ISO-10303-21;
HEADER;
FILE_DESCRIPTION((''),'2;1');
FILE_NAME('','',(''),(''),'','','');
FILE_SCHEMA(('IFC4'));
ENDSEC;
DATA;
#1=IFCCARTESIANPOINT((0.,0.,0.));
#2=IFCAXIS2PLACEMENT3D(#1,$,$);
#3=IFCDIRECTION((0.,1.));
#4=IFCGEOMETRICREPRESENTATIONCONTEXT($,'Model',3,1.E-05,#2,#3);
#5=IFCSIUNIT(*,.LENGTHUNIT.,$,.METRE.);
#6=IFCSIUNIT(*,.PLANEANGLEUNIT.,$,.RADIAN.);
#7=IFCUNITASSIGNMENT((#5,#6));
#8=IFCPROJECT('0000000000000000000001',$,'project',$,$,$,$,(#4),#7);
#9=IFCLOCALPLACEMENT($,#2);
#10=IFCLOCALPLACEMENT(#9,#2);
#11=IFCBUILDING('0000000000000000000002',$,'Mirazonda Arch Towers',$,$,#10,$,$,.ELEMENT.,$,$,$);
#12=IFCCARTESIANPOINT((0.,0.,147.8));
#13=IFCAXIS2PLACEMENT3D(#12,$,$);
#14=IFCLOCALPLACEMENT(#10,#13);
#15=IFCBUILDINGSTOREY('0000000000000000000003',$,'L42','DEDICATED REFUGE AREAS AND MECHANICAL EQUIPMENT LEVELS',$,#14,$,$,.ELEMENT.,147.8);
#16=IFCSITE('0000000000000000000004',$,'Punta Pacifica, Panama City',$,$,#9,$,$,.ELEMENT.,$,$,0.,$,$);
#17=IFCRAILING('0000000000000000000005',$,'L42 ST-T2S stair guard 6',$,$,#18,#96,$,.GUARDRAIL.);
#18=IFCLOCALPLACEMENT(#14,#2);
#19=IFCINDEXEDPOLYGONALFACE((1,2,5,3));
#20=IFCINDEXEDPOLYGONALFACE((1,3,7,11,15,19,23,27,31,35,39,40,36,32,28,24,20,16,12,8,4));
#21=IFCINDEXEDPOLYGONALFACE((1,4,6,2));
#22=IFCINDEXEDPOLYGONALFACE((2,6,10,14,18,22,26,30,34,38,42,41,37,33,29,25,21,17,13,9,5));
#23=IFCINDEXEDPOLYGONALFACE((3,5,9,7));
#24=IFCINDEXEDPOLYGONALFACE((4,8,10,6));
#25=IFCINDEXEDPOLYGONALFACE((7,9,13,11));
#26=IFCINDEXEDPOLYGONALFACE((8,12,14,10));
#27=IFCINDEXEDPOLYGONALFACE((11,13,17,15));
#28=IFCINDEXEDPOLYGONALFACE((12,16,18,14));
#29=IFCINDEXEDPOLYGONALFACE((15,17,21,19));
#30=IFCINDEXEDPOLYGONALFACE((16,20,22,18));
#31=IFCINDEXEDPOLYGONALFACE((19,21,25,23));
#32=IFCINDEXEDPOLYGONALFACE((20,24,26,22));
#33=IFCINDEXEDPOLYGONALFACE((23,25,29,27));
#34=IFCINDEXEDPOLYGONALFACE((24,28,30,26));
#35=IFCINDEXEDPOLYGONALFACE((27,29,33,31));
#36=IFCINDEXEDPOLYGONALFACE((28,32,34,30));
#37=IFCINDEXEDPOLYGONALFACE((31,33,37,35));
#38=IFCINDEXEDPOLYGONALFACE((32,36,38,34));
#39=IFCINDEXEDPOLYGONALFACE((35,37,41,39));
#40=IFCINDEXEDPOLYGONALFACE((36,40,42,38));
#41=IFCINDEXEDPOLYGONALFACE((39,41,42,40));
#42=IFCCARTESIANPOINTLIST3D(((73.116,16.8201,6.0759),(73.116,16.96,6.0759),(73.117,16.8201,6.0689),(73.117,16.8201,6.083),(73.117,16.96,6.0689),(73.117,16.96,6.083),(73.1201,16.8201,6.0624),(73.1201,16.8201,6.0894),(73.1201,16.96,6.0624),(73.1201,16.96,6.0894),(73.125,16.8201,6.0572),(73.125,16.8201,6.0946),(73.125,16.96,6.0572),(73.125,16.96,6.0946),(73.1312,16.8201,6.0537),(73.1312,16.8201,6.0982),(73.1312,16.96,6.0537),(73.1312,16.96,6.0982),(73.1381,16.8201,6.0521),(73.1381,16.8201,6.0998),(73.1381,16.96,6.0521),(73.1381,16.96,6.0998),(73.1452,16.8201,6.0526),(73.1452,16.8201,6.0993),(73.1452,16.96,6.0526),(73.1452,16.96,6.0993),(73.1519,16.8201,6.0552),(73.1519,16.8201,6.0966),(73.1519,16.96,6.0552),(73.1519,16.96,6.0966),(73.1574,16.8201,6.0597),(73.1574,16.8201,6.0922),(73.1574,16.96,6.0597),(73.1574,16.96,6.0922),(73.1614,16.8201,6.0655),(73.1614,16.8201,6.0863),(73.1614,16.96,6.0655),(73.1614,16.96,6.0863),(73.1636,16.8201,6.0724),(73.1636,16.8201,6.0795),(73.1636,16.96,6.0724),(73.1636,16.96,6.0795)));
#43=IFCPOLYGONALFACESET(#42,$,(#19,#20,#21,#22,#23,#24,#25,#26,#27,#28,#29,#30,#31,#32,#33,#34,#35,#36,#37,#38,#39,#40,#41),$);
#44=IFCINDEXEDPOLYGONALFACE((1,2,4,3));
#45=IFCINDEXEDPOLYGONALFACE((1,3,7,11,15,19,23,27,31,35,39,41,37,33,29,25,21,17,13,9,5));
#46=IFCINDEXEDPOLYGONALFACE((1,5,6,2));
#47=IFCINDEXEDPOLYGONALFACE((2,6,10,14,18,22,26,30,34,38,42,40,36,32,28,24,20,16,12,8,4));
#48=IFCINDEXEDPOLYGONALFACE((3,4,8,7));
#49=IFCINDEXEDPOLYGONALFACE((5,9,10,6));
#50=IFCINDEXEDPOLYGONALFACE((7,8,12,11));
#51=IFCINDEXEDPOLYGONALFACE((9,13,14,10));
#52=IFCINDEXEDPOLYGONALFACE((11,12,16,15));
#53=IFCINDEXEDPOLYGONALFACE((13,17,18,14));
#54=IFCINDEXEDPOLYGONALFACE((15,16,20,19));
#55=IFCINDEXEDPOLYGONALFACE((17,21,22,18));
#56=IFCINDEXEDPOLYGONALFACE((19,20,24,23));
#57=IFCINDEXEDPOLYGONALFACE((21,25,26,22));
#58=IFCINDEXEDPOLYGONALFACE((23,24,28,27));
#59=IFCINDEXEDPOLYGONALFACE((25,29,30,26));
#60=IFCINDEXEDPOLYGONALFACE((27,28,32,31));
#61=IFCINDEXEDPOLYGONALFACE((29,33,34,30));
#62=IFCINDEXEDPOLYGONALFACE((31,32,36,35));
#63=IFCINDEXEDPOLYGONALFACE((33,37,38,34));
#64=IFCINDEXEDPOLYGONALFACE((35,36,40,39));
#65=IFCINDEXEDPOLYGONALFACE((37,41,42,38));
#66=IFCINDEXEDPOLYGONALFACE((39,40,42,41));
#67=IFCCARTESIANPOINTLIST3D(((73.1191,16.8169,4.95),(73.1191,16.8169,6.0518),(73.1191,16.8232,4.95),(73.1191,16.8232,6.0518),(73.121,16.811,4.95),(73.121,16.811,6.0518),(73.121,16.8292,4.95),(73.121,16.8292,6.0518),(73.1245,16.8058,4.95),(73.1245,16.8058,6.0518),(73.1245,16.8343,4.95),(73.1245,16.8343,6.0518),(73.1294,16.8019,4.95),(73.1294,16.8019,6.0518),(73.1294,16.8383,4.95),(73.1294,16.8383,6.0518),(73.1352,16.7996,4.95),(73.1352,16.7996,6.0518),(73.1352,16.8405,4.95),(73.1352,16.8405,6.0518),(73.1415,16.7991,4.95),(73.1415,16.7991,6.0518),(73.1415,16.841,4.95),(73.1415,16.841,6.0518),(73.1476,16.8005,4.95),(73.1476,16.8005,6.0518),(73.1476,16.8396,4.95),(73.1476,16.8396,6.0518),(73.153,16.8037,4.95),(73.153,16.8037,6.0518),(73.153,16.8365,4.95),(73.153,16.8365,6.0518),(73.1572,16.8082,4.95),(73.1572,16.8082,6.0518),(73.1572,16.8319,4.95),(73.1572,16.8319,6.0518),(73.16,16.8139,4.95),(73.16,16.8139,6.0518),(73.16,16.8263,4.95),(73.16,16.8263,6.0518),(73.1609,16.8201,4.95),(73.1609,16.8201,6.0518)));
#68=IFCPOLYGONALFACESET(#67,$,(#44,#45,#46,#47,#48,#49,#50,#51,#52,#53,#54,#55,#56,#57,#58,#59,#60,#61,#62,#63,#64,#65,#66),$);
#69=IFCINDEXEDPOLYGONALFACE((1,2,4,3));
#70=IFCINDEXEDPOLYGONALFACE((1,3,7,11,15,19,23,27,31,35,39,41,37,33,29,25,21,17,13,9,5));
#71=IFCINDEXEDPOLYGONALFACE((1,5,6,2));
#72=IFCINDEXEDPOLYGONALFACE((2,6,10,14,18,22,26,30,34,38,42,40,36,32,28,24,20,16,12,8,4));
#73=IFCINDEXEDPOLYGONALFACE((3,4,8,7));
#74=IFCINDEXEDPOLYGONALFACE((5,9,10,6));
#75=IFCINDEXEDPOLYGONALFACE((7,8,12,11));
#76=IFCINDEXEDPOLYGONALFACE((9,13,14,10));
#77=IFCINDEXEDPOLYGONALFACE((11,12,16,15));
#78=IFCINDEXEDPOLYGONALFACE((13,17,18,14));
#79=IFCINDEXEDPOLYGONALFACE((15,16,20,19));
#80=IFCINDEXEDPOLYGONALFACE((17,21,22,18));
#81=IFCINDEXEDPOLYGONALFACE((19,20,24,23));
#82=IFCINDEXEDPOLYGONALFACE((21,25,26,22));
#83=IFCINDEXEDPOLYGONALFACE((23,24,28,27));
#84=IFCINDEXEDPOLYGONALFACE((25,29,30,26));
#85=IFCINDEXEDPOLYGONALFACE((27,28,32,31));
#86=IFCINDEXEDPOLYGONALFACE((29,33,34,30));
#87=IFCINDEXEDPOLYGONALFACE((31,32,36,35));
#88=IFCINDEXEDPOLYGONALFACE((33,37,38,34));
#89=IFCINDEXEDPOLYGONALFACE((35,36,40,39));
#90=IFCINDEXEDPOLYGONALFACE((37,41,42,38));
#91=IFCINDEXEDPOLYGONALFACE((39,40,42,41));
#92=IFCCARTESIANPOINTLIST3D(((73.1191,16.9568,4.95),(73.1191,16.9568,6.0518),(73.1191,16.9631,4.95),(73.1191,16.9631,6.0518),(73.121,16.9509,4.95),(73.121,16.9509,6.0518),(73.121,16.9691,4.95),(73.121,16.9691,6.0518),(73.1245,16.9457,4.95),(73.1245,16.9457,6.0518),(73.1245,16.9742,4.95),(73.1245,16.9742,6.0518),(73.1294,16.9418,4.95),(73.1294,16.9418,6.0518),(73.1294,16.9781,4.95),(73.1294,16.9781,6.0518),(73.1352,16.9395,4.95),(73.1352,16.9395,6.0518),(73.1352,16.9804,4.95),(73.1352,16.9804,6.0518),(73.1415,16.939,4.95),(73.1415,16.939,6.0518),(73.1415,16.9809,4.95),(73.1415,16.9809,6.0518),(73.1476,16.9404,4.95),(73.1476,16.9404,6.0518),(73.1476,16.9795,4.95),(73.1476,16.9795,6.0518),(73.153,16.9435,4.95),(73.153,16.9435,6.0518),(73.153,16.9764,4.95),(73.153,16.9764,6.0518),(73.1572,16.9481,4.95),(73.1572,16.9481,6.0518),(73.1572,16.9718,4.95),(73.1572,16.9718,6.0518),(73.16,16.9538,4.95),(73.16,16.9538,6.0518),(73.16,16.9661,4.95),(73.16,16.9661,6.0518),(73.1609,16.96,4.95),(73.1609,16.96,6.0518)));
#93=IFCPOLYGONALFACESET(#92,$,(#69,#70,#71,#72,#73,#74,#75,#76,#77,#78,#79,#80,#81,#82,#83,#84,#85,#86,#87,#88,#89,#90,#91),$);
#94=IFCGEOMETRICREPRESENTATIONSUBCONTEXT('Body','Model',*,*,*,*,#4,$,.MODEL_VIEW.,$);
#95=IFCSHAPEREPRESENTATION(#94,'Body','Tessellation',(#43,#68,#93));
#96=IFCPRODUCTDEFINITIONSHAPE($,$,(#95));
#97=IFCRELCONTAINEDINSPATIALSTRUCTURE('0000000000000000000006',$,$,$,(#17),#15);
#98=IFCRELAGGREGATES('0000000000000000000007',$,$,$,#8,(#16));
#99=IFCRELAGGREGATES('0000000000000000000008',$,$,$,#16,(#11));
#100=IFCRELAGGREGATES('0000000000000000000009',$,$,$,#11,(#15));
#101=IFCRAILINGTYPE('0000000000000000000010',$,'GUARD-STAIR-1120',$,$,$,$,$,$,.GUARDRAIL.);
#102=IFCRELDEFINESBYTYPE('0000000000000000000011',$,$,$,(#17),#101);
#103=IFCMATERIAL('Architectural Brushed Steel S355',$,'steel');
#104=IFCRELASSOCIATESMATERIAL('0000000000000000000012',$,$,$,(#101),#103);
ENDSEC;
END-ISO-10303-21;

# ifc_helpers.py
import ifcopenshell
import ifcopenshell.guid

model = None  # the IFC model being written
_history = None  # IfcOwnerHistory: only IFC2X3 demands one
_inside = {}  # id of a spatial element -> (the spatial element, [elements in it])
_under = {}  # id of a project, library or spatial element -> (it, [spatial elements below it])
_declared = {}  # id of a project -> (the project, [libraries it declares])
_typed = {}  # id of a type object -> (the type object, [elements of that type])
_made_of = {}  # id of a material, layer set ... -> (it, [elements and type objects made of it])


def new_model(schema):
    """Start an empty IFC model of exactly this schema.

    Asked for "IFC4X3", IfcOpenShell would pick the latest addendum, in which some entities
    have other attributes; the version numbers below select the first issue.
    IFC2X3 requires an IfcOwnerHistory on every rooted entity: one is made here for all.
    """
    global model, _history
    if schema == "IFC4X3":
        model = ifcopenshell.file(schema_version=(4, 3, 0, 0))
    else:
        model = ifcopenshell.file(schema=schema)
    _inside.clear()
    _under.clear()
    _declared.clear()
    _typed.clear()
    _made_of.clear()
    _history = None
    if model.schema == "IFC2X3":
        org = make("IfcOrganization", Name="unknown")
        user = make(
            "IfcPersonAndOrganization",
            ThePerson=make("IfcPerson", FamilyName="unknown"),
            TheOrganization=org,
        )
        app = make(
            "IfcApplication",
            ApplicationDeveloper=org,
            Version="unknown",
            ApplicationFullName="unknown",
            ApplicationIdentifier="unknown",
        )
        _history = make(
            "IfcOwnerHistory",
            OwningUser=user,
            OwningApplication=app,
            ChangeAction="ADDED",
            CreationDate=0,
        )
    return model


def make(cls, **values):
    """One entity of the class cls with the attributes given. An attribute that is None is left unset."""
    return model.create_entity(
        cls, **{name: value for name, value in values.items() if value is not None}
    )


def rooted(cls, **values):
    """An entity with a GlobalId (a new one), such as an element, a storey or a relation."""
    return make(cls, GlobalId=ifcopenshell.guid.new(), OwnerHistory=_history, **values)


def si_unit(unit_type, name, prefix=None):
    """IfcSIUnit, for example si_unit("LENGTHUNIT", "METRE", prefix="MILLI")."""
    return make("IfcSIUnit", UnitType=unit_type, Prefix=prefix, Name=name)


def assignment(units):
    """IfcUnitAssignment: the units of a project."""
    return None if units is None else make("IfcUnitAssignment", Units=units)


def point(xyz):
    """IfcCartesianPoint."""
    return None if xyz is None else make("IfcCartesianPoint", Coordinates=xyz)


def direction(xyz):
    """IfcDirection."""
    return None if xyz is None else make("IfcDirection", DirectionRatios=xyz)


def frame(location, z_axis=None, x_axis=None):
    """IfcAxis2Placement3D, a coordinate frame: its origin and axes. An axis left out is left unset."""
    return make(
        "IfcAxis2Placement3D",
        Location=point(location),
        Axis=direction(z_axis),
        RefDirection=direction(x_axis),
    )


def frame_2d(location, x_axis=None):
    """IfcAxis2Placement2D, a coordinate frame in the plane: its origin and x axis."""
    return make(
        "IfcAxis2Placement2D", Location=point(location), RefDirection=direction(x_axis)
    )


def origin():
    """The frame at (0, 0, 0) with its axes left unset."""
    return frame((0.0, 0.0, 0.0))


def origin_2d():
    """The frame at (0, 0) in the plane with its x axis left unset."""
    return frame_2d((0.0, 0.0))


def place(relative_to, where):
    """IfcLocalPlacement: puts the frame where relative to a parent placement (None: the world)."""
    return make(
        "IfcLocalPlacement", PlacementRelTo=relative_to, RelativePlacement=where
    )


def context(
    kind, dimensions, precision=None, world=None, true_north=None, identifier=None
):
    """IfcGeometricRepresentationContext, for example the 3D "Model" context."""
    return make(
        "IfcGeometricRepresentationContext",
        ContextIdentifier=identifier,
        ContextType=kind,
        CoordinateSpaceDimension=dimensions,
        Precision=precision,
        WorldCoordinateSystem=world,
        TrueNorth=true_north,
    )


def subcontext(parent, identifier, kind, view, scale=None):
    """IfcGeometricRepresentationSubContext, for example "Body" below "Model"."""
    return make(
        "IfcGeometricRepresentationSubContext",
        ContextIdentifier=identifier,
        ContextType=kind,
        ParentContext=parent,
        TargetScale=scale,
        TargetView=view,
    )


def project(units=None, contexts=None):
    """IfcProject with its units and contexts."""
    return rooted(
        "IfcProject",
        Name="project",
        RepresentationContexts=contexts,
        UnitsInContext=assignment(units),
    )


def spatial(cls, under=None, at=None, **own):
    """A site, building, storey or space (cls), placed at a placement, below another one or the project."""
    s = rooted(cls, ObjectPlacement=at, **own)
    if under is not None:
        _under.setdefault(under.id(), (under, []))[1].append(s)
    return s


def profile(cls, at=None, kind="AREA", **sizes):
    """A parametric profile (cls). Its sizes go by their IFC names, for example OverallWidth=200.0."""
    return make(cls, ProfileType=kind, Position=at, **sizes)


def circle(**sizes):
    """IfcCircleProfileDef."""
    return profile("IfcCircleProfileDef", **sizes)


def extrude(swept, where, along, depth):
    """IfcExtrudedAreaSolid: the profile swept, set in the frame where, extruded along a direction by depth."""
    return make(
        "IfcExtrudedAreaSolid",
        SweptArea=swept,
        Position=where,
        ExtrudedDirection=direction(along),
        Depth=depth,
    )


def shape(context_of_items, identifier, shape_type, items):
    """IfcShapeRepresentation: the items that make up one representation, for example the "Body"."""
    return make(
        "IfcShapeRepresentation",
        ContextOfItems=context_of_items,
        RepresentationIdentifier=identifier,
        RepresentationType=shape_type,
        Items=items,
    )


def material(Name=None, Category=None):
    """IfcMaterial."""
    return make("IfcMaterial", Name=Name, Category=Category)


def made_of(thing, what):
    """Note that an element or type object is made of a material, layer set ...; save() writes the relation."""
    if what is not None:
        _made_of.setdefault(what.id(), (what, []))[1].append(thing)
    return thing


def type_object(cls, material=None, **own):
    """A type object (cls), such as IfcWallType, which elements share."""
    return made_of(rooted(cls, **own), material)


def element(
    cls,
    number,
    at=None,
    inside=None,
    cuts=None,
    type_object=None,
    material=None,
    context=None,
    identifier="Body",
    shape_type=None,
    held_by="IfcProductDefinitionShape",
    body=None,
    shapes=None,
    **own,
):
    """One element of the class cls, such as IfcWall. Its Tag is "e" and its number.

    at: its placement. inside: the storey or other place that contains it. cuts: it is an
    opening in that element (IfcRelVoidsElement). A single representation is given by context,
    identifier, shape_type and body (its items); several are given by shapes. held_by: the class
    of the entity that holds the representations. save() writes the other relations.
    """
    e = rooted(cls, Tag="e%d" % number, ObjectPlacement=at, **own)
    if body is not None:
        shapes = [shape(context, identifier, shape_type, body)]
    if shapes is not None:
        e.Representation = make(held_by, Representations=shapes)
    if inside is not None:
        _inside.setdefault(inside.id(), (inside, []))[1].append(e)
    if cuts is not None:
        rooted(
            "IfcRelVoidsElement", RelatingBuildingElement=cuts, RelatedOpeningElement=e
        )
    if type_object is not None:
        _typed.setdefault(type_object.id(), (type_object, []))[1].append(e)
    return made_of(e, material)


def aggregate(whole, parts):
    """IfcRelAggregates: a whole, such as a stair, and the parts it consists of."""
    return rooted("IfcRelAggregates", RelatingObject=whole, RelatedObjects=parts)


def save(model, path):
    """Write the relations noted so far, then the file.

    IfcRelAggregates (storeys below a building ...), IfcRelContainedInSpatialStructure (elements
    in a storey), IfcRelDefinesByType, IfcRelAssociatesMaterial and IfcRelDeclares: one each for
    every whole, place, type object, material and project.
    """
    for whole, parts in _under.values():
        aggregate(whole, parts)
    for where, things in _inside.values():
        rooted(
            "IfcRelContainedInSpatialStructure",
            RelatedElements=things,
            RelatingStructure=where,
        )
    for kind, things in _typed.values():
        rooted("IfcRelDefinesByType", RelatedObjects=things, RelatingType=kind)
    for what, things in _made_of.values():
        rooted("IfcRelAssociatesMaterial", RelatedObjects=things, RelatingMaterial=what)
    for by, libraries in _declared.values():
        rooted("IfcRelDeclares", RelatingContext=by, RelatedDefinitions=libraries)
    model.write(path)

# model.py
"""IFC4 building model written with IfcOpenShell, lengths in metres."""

from ifc_helpers import new_model, si_unit, direction, frame, origin, origin_2d, place, context, subcontext, project, spatial, circle, extrude, material, type_object, element, save


model = new_model("IFC4")

# Units and contexts
model_context = context("Model", 3, precision=1e-05, world=origin(), true_north=direction((0.0, 1.0)))
body_context = subcontext(model_context, "Body", "Model", "MODEL_VIEW")
ifc_project = project(units=[si_unit("LENGTHUNIT", "METRE"), si_unit("PLANEANGLEUNIT", "RADIAN")], contexts=[model_context])

# Site, building, storey
site_placement = place(None, origin())
site = spatial("IfcSite", under=ifc_project, at=site_placement, Name="Punta Pacifica, Panama City", CompositionType="ELEMENT", RefElevation=0.0)
building_placement = place(site_placement, origin())
building = spatial("IfcBuilding", under=site, at=building_placement, Name="Mirazonda Arch Towers", CompositionType="ELEMENT")
storey_placement = place(building_placement, frame((0.0, 0.0, 147.8)))
storey = spatial("IfcBuildingStorey", under=building, at=storey_placement, Name="L42", Description="DEDICATED REFUGE AREAS AND MECHANICAL EQUIPMENT LEVELS", CompositionType="ELEMENT", Elevation=147.8)

# Shared definitions
ifc_material_1 = material(Name="Architectural Brushed Steel S355", Category="steel")

# Railing
railing_type_1 = type_object("IfcRailingType", Name="GUARD-STAIR-1120", PredefinedType="GUARDRAIL", material=ifc_material_1)
railing_1_placement = place(storey_placement, frame((73.1399, 16.8201, 4.95)))
element("IfcRailing", 1, at=railing_1_placement, inside=storey, type_object=railing_type_1, Name="L42 ST-T2S stair guard 6", PredefinedType="GUARDRAIL", context=body_context, shape_type="SweptSolid", body=[
    extrude(circle(Radius=0.0239, at=origin_2d()), frame((0.0, 0.0, 1.126), z_axis=(0.0, 1.0, 0.0), x_axis=(-1.0, 0.0, 0.0)), (0.0, 0.0, 1.0), 0.1399),
    extrude(circle(Radius=0.021, at=origin_2d()), origin(), (0.0, 0.0, 1.0), 1.1018),
    extrude(circle(Radius=0.021, at=origin_2d()), frame((0.0, 0.1399, 0.0)), (0.0, 0.0, 1.0), 1.1018),
])

save(model, "model.ifc")
